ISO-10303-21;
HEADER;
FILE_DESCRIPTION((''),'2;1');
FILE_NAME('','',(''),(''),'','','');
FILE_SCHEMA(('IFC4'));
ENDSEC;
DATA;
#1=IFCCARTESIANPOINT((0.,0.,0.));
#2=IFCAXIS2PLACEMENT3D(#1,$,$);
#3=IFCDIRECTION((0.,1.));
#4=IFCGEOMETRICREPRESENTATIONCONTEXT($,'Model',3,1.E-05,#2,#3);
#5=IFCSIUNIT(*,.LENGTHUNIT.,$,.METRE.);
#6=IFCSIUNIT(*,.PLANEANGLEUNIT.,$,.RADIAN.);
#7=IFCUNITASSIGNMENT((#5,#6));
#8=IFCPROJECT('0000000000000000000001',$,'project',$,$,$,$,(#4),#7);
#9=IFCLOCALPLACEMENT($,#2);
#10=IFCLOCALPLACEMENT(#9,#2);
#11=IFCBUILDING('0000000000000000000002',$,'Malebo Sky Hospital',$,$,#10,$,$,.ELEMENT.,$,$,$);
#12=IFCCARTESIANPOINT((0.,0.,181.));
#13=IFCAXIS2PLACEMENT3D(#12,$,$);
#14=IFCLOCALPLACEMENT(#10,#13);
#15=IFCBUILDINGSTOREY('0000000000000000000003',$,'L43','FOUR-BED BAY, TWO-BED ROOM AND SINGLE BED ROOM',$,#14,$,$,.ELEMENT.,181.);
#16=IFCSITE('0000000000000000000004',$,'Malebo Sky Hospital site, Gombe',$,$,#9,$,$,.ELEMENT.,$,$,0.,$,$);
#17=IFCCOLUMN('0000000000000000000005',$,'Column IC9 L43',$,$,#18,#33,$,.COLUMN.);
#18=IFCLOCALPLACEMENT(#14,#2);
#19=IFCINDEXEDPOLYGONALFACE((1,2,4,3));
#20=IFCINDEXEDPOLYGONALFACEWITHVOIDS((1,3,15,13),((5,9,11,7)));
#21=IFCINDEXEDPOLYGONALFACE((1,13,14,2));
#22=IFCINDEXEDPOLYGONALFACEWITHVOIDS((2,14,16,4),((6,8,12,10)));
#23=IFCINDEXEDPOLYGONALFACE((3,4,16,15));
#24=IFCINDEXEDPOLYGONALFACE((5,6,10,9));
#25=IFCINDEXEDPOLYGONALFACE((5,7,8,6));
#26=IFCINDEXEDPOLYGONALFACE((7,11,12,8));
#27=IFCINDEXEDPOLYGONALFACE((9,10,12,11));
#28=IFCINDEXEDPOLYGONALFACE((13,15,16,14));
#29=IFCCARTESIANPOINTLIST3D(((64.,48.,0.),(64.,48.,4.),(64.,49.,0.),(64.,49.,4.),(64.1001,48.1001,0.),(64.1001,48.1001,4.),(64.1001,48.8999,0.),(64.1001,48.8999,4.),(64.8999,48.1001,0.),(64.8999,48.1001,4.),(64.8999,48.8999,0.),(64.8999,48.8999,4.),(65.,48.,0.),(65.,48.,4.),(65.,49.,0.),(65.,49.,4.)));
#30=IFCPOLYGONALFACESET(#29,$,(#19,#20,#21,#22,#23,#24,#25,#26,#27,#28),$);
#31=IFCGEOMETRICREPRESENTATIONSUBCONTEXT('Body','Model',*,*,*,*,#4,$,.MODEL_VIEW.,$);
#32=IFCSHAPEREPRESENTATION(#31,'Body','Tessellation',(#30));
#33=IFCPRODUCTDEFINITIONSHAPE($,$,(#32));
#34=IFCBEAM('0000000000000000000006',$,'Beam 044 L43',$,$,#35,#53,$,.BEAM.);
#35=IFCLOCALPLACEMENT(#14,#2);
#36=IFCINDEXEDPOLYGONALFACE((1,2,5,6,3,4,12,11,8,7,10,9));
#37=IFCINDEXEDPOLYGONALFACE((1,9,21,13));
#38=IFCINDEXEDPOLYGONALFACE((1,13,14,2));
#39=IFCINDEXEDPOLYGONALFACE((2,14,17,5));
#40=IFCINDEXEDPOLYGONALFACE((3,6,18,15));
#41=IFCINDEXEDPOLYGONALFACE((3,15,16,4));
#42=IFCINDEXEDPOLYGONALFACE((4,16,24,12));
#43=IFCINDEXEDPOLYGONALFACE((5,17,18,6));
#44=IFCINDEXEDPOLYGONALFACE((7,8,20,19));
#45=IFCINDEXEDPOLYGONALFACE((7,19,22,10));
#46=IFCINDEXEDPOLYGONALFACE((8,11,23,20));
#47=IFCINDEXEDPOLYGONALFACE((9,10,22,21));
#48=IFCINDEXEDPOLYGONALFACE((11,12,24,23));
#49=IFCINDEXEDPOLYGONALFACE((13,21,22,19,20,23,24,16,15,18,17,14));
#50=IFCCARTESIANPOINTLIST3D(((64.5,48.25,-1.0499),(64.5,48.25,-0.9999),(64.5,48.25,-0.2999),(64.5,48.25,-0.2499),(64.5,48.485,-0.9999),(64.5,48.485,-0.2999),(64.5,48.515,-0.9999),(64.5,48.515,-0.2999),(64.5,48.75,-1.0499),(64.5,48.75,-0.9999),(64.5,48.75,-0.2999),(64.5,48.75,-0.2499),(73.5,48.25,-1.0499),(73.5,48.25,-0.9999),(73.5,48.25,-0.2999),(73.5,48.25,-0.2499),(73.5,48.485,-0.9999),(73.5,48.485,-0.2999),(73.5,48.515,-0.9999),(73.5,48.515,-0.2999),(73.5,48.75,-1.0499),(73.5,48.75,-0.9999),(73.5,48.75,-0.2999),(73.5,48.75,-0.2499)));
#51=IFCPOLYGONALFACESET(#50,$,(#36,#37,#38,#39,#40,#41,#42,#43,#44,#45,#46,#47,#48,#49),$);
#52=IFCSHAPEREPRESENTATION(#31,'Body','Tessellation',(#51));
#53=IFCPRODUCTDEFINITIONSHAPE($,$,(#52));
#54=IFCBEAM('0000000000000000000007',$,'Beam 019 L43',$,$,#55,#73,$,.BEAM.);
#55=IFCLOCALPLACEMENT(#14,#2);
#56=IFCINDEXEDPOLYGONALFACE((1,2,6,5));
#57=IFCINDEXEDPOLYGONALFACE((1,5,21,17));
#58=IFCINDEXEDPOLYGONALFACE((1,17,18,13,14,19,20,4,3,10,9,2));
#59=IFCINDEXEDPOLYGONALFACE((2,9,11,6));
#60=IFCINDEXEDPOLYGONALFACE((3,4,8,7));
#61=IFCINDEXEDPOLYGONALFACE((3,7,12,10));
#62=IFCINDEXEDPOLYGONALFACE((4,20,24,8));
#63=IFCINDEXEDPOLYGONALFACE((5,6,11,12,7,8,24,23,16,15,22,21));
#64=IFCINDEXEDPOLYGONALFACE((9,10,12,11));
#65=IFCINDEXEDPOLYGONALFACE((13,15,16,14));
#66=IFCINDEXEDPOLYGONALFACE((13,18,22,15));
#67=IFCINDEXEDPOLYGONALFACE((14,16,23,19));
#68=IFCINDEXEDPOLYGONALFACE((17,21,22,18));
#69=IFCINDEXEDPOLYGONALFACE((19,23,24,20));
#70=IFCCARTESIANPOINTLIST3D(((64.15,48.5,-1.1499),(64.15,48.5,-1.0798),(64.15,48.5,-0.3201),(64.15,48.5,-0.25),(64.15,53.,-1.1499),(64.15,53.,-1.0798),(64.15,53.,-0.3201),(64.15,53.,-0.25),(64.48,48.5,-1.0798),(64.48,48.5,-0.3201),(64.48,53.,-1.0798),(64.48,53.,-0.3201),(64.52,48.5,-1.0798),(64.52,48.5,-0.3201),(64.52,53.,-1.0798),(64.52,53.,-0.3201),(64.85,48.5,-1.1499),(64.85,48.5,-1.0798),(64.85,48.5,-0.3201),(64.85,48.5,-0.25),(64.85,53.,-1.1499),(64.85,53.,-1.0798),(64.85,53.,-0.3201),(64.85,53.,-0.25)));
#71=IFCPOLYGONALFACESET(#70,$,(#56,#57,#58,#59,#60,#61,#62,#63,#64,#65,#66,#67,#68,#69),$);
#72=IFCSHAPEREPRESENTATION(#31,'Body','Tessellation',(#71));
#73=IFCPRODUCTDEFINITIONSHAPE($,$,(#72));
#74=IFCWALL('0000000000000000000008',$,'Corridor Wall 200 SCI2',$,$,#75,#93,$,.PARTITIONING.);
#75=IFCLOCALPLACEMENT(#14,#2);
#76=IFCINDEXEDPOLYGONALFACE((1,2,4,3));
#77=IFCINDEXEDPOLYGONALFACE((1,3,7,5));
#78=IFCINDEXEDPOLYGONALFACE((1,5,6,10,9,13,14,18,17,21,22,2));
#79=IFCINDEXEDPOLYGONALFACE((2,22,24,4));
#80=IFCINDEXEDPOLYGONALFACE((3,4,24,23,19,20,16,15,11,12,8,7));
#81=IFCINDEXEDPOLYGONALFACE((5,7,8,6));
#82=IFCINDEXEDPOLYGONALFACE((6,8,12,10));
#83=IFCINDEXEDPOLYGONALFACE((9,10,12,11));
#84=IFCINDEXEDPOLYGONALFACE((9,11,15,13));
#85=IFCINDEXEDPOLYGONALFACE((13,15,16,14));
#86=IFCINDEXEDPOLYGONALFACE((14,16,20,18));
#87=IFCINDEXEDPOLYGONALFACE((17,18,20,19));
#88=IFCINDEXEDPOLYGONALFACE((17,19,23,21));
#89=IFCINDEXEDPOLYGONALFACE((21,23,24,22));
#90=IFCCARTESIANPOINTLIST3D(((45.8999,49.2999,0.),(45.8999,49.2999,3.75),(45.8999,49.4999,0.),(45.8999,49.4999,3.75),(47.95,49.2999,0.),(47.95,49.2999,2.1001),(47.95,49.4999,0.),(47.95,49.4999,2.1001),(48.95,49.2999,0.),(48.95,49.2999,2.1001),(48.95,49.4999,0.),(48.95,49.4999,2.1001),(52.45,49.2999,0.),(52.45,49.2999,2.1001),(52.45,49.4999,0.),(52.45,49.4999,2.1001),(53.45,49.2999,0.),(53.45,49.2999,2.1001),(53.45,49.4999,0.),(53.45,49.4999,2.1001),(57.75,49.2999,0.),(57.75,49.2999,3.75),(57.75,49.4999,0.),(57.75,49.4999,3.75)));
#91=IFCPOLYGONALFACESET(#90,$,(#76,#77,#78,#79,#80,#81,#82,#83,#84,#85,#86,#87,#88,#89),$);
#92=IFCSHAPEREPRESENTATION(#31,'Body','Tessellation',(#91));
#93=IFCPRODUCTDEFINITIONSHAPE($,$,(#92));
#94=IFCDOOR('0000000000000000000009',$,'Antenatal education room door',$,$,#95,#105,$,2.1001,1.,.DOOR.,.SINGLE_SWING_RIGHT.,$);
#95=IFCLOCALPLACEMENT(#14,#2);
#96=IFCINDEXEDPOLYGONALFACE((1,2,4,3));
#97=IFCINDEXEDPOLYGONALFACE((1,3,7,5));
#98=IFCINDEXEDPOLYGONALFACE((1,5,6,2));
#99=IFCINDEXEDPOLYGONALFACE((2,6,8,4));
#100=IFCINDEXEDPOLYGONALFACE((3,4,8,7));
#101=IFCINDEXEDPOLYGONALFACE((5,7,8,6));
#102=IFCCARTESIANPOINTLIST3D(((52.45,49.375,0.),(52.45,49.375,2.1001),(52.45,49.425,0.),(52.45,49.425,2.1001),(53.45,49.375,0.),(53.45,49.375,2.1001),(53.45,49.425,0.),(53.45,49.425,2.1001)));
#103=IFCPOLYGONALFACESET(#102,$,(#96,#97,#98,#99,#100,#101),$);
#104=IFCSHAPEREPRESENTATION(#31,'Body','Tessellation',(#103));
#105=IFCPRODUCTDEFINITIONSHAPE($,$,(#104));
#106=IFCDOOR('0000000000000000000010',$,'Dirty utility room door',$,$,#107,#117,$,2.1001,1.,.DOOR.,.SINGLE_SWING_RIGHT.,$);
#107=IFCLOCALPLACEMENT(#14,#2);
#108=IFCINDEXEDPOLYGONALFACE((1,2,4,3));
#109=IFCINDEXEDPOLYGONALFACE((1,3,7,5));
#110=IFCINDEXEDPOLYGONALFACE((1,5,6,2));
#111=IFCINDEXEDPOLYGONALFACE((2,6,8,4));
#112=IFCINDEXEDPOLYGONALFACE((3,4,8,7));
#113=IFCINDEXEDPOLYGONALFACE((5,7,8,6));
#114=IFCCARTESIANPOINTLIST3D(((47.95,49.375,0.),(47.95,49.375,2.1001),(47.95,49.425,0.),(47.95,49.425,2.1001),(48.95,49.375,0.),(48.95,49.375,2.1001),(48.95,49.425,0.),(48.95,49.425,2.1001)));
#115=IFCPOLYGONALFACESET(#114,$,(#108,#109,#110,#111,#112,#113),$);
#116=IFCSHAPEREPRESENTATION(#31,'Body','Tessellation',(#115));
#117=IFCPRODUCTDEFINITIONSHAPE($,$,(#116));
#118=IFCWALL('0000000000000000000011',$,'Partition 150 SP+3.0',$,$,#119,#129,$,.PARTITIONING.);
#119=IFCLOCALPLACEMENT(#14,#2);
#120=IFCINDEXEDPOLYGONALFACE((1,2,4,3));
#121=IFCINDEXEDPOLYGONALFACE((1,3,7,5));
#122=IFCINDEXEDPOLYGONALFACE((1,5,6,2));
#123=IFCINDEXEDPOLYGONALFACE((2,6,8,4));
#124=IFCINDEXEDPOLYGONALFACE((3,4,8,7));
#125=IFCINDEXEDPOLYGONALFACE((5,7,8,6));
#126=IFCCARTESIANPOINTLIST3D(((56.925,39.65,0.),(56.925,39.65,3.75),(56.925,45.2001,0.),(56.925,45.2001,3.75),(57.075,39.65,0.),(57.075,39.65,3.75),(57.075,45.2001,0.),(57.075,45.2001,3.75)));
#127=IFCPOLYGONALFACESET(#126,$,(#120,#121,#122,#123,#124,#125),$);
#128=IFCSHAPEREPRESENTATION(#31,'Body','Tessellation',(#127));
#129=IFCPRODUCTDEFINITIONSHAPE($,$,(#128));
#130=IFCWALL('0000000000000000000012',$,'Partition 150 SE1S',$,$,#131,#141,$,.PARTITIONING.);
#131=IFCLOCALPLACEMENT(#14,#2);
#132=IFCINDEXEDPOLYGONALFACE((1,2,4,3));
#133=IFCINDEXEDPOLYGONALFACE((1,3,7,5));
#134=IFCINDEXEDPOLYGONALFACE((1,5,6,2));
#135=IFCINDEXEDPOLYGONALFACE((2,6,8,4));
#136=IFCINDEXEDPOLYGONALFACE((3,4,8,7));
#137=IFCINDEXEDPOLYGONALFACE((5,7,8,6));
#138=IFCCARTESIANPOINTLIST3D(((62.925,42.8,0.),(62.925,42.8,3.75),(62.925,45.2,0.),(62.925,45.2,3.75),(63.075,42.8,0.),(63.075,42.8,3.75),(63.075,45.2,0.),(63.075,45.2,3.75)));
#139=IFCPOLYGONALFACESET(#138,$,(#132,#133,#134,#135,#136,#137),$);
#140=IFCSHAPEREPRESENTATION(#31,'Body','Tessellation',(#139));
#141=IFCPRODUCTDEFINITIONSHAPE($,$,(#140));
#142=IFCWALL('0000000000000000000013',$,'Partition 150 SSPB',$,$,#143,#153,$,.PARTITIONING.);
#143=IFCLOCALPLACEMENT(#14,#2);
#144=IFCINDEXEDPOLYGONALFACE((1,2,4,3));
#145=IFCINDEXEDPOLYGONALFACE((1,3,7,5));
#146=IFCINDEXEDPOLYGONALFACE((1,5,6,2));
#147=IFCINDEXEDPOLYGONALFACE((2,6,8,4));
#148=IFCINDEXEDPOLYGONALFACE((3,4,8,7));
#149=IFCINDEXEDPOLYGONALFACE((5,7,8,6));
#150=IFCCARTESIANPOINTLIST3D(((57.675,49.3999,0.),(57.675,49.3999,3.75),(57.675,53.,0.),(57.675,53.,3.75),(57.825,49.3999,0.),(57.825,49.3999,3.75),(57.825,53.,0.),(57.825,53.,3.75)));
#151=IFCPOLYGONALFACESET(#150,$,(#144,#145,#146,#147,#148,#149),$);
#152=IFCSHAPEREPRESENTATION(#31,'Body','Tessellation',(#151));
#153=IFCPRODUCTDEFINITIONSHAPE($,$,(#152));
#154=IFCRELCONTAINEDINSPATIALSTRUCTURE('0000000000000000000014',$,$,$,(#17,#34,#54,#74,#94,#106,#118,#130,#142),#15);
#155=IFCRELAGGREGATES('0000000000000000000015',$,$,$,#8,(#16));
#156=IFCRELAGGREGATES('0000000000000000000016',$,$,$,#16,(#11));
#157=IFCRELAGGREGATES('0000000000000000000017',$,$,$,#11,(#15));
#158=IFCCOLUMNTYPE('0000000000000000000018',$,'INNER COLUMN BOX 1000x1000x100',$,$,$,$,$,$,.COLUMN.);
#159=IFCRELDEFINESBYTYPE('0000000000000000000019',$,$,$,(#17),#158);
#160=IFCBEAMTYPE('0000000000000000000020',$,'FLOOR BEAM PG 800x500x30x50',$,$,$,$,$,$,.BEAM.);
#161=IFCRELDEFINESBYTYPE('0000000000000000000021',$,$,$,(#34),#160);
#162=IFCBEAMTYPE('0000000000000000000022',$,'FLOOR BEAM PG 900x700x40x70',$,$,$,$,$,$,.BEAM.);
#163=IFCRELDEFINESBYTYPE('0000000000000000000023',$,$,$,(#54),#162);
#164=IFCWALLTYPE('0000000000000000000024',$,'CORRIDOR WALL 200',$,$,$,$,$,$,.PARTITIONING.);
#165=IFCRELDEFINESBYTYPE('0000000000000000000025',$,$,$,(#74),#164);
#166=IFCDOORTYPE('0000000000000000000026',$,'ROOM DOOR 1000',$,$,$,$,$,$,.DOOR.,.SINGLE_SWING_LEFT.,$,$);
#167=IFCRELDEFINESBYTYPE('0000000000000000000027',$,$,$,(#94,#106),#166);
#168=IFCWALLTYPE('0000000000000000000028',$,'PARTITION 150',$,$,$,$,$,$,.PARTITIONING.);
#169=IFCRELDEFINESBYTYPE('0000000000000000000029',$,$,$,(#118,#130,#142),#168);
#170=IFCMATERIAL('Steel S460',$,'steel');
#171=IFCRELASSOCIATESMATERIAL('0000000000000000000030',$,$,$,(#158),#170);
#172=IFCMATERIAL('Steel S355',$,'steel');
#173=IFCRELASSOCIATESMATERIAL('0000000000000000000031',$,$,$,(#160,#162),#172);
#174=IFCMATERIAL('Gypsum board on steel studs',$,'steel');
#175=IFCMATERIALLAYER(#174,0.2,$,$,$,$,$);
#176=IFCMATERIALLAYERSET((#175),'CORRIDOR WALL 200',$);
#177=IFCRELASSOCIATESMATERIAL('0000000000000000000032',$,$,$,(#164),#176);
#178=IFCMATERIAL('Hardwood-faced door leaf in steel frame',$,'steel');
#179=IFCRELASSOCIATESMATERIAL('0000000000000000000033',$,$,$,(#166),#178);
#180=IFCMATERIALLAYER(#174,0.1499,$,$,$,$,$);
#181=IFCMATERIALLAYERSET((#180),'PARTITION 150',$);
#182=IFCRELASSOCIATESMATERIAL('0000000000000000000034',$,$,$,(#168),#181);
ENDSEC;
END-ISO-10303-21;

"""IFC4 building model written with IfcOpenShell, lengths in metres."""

from ifc_helpers import new_model, si_unit, direction, frame, frame_2d, origin, origin_2d, place, context, subcontext, project, spatial, rectangle, hollow_rectangle, i_section, extrude, material, layer, layer_set, material_profile, profile_set, type_object, element, fill, save


model = new_model("IFC4")

# Units and contexts
model_context = context("Model", 3, precision=1e-05, world=origin(), true_north=direction((0.0, 1.0)))
body_context = subcontext(model_context, "Body", "Model", "MODEL_VIEW")
ifc_project = project(units=[si_unit("LENGTHUNIT", "METRE"), si_unit("PLANEANGLEUNIT", "RADIAN")], contexts=[model_context])

# Site, building, storey
site_placement = place(None, origin())
site = spatial("IfcSite", under=ifc_project, at=site_placement, Name="Malebo Sky Hospital site, Gombe", CompositionType="ELEMENT", RefElevation=0.0)
building_placement = place(site_placement, origin())
building = spatial("IfcBuilding", under=site, at=building_placement, Name="Malebo Sky Hospital", CompositionType="ELEMENT")
storey_placement = place(building_placement, frame((0.0, 0.0, 181.0)))
storey = spatial("IfcBuildingStorey", under=building, at=storey_placement, Name="L43", Description="FOUR-BED BAY, TWO-BED ROOM AND SINGLE BED ROOM", CompositionType="ELEMENT", Elevation=181.0)

# Column
ifc_material_1 = material(Name="Steel S460", Category="steel")
ifc_material_profile_1 = material_profile(ifc_material_1, hollow_rectangle(XDim=1.0, YDim=1.0, WallThickness=0.1001, at=origin_2d()), Name="BOX 1000x1000x100")
ifc_profile_set_1 = profile_set([ifc_material_profile_1], Name="Steel S460")
column_type = type_object("IfcColumnType", Name="INNER COLUMN BOX 1000x1000x100", PredefinedType="COLUMN", material=ifc_profile_set_1)
column_placement = place(storey_placement, frame((64.5, 48.5, 0.0), z_axis=(0.0, 0.0, 1.0), x_axis=(1.0, 0.0, 0.0)))
element("IfcColumn", 1, at=column_placement, inside=storey, type_object=column_type, Name="Column IC9 L43", PredefinedType="COLUMN", context=body_context, shape_type="SweptSolid", body=[
    extrude(hollow_rectangle(XDim=1.0, YDim=1.0, WallThickness=0.1001, at=origin_2d()), origin(), (0.0, 0.0, 1.0), 4.0),
])

# Beams
ifc_material_2 = material(Name="Steel S355", Category="steel")
ifc_material_profile_2 = material_profile(ifc_material_2, i_section(OverallWidth=0.5, OverallDepth=0.8, WebThickness=0.03, FlangeThickness=0.05, at=origin_2d()), Name="PG 800x500x30x50")
ifc_profile_set_2 = profile_set([ifc_material_profile_2], Name="Steel S355")
beam_type_1 = type_object("IfcBeamType", Name="FLOOR BEAM PG 800x500x30x50", PredefinedType="BEAM", material=ifc_profile_set_2)
beam_1_placement = place(storey_placement, frame((64.5, 48.5, -0.6499), z_axis=(1.0, 0.0, 0.0), x_axis=(0.0, 1.0, 0.0)))
element("IfcBeam", 2, at=beam_1_placement, inside=storey, type_object=beam_type_1, Name="Beam 044 L43", PredefinedType="BEAM", context=body_context, shape_type="SweptSolid", body=[
    extrude(i_section(OverallWidth=0.5, OverallDepth=0.8, WebThickness=0.03, FlangeThickness=0.05, at=origin_2d()), origin(), (0.0, 0.0, 1.0), 9.0),
])
ifc_material_profile_3 = material_profile(ifc_material_2, i_section(OverallWidth=0.7, OverallDepth=0.8999, WebThickness=0.04, FlangeThickness=0.0701, at=origin_2d()), Name="PG 900x700x40x70")
ifc_profile_set_3 = profile_set([ifc_material_profile_3], Name="Steel S355")
beam_type_2 = type_object("IfcBeamType", Name="FLOOR BEAM PG 900x700x40x70", PredefinedType="BEAM", material=ifc_profile_set_3)
beam_2_placement = place(storey_placement, frame((64.5, 48.5, -0.7), z_axis=(0.0, 1.0, 0.0), x_axis=(-1.0, 0.0, 0.0)))
element("IfcBeam", 3, at=beam_2_placement, inside=storey, type_object=beam_type_2, Name="Beam 019 L43", PredefinedType="BEAM", context=body_context, shape_type="SweptSolid", body=[
    extrude(i_section(OverallWidth=0.7, OverallDepth=0.8999, WebThickness=0.04, FlangeThickness=0.0701, at=origin_2d()), origin(), (0.0, 0.0, 1.0), 4.5),
])

# Wall, openings, doors
ifc_material_3 = material(Name="Gypsum board on steel studs", Category="steel")
ifc_layer_1 = layer(ifc_material_3, 0.2)
ifc_layer_set_1 = layer_set([ifc_layer_1], Name="CORRIDOR WALL 200")
wall_type_1 = type_object("IfcWallType", Name="CORRIDOR WALL 200", PredefinedType="PARTITIONING", material=ifc_layer_set_1)
wall_1_placement = place(storey_placement, frame((57.75, 49.3999, 0.0), z_axis=(0.0, 0.0, 1.0), x_axis=(-1.0, 0.0, 0.0)))
wall_1 = element("IfcWall", 4, at=wall_1_placement, inside=storey, type_object=wall_type_1, Name="Corridor Wall 200 SCI2", PredefinedType="PARTITIONING", context=body_context, shape_type="SweptSolid", body=[
    extrude(rectangle(XDim=11.8501, YDim=0.2, at=frame_2d((5.925, 0.0))), origin(), (0.0, 0.0, 1.0), 3.75),
])
opening_1_placement = place(wall_1_placement, frame((4.3, 0.0, 0.0)))
opening_1 = element("IfcOpeningElement", 5, at=opening_1_placement, cuts=wall_1, PredefinedType="OPENING", context=body_context, shape_type="SweptSolid", body=[
    extrude(rectangle(XDim=1.0, YDim=2.1001, at=frame_2d((0.5, 1.05))), frame((0.0, 0.1099, 0.0), z_axis=(0.0, -1.0, 0.0), x_axis=(1.0, 0.0, 0.0)), (0.0, 0.0, 1.0), 0.22),
])
opening_2_placement = place(wall_1_placement, frame((8.8, 0.0, 0.0)))
opening_2 = element("IfcOpeningElement", 6, at=opening_2_placement, cuts=wall_1, PredefinedType="OPENING", context=body_context, shape_type="SweptSolid", body=[
    extrude(rectangle(XDim=1.0, YDim=2.1001, at=frame_2d((0.5, 1.05))), frame((0.0, 0.1099, 0.0), z_axis=(0.0, -1.0, 0.0), x_axis=(1.0, 0.0, 0.0)), (0.0, 0.0, 1.0), 0.22),
])
ifc_material_4 = material(Name="Hardwood-faced door leaf in steel frame", Category="steel")
door_type = type_object("IfcDoorType", Name="ROOM DOOR 1000", OperationType="SINGLE_SWING_LEFT", PredefinedType="DOOR", material=ifc_material_4)
door_1_placement = place(opening_1_placement, origin())
door_1 = element("IfcDoor", 7, at=door_1_placement, inside=storey, type_object=door_type, Name="Antenatal education room door", OperationType="SINGLE_SWING_RIGHT", OverallHeight=2.1001, OverallWidth=1.0, PredefinedType="DOOR", context=body_context, shape_type="SweptSolid", body=[
    extrude(rectangle(XDim=1.0, YDim=2.1001, at=frame_2d((0.5, 1.05))), frame((0.0, 0.0249, 0.0), z_axis=(0.0, -1.0, 0.0), x_axis=(1.0, 0.0, 0.0)), (0.0, 0.0, 1.0), 0.05),
])
fill(opening_1, door_1)
door_2_placement = place(opening_2_placement, origin())
door_2 = element("IfcDoor", 8, at=door_2_placement, inside=storey, type_object=door_type, Name="Dirty utility room door", OperationType="SINGLE_SWING_RIGHT", OverallHeight=2.1001, OverallWidth=1.0, PredefinedType="DOOR", context=body_context, shape_type="SweptSolid", body=[
    extrude(rectangle(XDim=1.0, YDim=2.1001, at=frame_2d((0.5, 1.05))), frame((0.0, 0.0249, 0.0), z_axis=(0.0, -1.0, 0.0), x_axis=(1.0, 0.0, 0.0)), (0.0, 0.0, 1.0), 0.05),
])
fill(opening_2, door_2)

# Walls
ifc_layer_2 = layer(ifc_material_3, 0.1499)
ifc_layer_set_2 = layer_set([ifc_layer_2], Name="PARTITION 150")
wall_type_2 = type_object("IfcWallType", Name="PARTITION 150", PredefinedType="PARTITIONING", material=ifc_layer_set_2)
wall_2_placement = place(storey_placement, frame((57.0, 45.2, 0.0), z_axis=(0.0, 0.0, 1.0), x_axis=(0.0, -1.0, 0.0)))
element("IfcWall", 9, at=wall_2_placement, inside=storey, type_object=wall_type_2, Name="Partition 150 SP+3.0", PredefinedType="PARTITIONING", context=body_context, shape_type="SweptSolid", body=[
    extrude(rectangle(XDim=5.55, YDim=0.1499, at=frame_2d((2.7749, 0.0))), origin(), (0.0, 0.0, 1.0), 3.75),
])
wall_3_placement = place(storey_placement, frame((63.0, 45.2, 0.0), z_axis=(0.0, 0.0, 1.0), x_axis=(0.0, -1.0, 0.0)))
element("IfcWall", 10, at=wall_3_placement, inside=storey, type_object=wall_type_2, Name="Partition 150 SE1S", PredefinedType="PARTITIONING", context=body_context, shape_type="SweptSolid", body=[
    extrude(rectangle(XDim=2.3999, YDim=0.1499, at=frame_2d((1.2, 0.0))), origin(), (0.0, 0.0, 1.0), 3.75),
])
wall_4_placement = place(storey_placement, frame((57.75, 53.0, 0.0), z_axis=(0.0, 0.0, 1.0), x_axis=(0.0, -1.0, 0.0)))
element("IfcWall", 11, at=wall_4_placement, inside=storey, type_object=wall_type_2, Name="Partition 150 SSPB", PredefinedType="PARTITIONING", context=body_context, shape_type="SweptSolid", body=[
    extrude(rectangle(XDim=3.6001, YDim=0.1499, at=frame_2d((1.8, 0.0))), origin(), (0.0, 0.0, 1.0), 3.75),
])

save(model, "model.ifc")
